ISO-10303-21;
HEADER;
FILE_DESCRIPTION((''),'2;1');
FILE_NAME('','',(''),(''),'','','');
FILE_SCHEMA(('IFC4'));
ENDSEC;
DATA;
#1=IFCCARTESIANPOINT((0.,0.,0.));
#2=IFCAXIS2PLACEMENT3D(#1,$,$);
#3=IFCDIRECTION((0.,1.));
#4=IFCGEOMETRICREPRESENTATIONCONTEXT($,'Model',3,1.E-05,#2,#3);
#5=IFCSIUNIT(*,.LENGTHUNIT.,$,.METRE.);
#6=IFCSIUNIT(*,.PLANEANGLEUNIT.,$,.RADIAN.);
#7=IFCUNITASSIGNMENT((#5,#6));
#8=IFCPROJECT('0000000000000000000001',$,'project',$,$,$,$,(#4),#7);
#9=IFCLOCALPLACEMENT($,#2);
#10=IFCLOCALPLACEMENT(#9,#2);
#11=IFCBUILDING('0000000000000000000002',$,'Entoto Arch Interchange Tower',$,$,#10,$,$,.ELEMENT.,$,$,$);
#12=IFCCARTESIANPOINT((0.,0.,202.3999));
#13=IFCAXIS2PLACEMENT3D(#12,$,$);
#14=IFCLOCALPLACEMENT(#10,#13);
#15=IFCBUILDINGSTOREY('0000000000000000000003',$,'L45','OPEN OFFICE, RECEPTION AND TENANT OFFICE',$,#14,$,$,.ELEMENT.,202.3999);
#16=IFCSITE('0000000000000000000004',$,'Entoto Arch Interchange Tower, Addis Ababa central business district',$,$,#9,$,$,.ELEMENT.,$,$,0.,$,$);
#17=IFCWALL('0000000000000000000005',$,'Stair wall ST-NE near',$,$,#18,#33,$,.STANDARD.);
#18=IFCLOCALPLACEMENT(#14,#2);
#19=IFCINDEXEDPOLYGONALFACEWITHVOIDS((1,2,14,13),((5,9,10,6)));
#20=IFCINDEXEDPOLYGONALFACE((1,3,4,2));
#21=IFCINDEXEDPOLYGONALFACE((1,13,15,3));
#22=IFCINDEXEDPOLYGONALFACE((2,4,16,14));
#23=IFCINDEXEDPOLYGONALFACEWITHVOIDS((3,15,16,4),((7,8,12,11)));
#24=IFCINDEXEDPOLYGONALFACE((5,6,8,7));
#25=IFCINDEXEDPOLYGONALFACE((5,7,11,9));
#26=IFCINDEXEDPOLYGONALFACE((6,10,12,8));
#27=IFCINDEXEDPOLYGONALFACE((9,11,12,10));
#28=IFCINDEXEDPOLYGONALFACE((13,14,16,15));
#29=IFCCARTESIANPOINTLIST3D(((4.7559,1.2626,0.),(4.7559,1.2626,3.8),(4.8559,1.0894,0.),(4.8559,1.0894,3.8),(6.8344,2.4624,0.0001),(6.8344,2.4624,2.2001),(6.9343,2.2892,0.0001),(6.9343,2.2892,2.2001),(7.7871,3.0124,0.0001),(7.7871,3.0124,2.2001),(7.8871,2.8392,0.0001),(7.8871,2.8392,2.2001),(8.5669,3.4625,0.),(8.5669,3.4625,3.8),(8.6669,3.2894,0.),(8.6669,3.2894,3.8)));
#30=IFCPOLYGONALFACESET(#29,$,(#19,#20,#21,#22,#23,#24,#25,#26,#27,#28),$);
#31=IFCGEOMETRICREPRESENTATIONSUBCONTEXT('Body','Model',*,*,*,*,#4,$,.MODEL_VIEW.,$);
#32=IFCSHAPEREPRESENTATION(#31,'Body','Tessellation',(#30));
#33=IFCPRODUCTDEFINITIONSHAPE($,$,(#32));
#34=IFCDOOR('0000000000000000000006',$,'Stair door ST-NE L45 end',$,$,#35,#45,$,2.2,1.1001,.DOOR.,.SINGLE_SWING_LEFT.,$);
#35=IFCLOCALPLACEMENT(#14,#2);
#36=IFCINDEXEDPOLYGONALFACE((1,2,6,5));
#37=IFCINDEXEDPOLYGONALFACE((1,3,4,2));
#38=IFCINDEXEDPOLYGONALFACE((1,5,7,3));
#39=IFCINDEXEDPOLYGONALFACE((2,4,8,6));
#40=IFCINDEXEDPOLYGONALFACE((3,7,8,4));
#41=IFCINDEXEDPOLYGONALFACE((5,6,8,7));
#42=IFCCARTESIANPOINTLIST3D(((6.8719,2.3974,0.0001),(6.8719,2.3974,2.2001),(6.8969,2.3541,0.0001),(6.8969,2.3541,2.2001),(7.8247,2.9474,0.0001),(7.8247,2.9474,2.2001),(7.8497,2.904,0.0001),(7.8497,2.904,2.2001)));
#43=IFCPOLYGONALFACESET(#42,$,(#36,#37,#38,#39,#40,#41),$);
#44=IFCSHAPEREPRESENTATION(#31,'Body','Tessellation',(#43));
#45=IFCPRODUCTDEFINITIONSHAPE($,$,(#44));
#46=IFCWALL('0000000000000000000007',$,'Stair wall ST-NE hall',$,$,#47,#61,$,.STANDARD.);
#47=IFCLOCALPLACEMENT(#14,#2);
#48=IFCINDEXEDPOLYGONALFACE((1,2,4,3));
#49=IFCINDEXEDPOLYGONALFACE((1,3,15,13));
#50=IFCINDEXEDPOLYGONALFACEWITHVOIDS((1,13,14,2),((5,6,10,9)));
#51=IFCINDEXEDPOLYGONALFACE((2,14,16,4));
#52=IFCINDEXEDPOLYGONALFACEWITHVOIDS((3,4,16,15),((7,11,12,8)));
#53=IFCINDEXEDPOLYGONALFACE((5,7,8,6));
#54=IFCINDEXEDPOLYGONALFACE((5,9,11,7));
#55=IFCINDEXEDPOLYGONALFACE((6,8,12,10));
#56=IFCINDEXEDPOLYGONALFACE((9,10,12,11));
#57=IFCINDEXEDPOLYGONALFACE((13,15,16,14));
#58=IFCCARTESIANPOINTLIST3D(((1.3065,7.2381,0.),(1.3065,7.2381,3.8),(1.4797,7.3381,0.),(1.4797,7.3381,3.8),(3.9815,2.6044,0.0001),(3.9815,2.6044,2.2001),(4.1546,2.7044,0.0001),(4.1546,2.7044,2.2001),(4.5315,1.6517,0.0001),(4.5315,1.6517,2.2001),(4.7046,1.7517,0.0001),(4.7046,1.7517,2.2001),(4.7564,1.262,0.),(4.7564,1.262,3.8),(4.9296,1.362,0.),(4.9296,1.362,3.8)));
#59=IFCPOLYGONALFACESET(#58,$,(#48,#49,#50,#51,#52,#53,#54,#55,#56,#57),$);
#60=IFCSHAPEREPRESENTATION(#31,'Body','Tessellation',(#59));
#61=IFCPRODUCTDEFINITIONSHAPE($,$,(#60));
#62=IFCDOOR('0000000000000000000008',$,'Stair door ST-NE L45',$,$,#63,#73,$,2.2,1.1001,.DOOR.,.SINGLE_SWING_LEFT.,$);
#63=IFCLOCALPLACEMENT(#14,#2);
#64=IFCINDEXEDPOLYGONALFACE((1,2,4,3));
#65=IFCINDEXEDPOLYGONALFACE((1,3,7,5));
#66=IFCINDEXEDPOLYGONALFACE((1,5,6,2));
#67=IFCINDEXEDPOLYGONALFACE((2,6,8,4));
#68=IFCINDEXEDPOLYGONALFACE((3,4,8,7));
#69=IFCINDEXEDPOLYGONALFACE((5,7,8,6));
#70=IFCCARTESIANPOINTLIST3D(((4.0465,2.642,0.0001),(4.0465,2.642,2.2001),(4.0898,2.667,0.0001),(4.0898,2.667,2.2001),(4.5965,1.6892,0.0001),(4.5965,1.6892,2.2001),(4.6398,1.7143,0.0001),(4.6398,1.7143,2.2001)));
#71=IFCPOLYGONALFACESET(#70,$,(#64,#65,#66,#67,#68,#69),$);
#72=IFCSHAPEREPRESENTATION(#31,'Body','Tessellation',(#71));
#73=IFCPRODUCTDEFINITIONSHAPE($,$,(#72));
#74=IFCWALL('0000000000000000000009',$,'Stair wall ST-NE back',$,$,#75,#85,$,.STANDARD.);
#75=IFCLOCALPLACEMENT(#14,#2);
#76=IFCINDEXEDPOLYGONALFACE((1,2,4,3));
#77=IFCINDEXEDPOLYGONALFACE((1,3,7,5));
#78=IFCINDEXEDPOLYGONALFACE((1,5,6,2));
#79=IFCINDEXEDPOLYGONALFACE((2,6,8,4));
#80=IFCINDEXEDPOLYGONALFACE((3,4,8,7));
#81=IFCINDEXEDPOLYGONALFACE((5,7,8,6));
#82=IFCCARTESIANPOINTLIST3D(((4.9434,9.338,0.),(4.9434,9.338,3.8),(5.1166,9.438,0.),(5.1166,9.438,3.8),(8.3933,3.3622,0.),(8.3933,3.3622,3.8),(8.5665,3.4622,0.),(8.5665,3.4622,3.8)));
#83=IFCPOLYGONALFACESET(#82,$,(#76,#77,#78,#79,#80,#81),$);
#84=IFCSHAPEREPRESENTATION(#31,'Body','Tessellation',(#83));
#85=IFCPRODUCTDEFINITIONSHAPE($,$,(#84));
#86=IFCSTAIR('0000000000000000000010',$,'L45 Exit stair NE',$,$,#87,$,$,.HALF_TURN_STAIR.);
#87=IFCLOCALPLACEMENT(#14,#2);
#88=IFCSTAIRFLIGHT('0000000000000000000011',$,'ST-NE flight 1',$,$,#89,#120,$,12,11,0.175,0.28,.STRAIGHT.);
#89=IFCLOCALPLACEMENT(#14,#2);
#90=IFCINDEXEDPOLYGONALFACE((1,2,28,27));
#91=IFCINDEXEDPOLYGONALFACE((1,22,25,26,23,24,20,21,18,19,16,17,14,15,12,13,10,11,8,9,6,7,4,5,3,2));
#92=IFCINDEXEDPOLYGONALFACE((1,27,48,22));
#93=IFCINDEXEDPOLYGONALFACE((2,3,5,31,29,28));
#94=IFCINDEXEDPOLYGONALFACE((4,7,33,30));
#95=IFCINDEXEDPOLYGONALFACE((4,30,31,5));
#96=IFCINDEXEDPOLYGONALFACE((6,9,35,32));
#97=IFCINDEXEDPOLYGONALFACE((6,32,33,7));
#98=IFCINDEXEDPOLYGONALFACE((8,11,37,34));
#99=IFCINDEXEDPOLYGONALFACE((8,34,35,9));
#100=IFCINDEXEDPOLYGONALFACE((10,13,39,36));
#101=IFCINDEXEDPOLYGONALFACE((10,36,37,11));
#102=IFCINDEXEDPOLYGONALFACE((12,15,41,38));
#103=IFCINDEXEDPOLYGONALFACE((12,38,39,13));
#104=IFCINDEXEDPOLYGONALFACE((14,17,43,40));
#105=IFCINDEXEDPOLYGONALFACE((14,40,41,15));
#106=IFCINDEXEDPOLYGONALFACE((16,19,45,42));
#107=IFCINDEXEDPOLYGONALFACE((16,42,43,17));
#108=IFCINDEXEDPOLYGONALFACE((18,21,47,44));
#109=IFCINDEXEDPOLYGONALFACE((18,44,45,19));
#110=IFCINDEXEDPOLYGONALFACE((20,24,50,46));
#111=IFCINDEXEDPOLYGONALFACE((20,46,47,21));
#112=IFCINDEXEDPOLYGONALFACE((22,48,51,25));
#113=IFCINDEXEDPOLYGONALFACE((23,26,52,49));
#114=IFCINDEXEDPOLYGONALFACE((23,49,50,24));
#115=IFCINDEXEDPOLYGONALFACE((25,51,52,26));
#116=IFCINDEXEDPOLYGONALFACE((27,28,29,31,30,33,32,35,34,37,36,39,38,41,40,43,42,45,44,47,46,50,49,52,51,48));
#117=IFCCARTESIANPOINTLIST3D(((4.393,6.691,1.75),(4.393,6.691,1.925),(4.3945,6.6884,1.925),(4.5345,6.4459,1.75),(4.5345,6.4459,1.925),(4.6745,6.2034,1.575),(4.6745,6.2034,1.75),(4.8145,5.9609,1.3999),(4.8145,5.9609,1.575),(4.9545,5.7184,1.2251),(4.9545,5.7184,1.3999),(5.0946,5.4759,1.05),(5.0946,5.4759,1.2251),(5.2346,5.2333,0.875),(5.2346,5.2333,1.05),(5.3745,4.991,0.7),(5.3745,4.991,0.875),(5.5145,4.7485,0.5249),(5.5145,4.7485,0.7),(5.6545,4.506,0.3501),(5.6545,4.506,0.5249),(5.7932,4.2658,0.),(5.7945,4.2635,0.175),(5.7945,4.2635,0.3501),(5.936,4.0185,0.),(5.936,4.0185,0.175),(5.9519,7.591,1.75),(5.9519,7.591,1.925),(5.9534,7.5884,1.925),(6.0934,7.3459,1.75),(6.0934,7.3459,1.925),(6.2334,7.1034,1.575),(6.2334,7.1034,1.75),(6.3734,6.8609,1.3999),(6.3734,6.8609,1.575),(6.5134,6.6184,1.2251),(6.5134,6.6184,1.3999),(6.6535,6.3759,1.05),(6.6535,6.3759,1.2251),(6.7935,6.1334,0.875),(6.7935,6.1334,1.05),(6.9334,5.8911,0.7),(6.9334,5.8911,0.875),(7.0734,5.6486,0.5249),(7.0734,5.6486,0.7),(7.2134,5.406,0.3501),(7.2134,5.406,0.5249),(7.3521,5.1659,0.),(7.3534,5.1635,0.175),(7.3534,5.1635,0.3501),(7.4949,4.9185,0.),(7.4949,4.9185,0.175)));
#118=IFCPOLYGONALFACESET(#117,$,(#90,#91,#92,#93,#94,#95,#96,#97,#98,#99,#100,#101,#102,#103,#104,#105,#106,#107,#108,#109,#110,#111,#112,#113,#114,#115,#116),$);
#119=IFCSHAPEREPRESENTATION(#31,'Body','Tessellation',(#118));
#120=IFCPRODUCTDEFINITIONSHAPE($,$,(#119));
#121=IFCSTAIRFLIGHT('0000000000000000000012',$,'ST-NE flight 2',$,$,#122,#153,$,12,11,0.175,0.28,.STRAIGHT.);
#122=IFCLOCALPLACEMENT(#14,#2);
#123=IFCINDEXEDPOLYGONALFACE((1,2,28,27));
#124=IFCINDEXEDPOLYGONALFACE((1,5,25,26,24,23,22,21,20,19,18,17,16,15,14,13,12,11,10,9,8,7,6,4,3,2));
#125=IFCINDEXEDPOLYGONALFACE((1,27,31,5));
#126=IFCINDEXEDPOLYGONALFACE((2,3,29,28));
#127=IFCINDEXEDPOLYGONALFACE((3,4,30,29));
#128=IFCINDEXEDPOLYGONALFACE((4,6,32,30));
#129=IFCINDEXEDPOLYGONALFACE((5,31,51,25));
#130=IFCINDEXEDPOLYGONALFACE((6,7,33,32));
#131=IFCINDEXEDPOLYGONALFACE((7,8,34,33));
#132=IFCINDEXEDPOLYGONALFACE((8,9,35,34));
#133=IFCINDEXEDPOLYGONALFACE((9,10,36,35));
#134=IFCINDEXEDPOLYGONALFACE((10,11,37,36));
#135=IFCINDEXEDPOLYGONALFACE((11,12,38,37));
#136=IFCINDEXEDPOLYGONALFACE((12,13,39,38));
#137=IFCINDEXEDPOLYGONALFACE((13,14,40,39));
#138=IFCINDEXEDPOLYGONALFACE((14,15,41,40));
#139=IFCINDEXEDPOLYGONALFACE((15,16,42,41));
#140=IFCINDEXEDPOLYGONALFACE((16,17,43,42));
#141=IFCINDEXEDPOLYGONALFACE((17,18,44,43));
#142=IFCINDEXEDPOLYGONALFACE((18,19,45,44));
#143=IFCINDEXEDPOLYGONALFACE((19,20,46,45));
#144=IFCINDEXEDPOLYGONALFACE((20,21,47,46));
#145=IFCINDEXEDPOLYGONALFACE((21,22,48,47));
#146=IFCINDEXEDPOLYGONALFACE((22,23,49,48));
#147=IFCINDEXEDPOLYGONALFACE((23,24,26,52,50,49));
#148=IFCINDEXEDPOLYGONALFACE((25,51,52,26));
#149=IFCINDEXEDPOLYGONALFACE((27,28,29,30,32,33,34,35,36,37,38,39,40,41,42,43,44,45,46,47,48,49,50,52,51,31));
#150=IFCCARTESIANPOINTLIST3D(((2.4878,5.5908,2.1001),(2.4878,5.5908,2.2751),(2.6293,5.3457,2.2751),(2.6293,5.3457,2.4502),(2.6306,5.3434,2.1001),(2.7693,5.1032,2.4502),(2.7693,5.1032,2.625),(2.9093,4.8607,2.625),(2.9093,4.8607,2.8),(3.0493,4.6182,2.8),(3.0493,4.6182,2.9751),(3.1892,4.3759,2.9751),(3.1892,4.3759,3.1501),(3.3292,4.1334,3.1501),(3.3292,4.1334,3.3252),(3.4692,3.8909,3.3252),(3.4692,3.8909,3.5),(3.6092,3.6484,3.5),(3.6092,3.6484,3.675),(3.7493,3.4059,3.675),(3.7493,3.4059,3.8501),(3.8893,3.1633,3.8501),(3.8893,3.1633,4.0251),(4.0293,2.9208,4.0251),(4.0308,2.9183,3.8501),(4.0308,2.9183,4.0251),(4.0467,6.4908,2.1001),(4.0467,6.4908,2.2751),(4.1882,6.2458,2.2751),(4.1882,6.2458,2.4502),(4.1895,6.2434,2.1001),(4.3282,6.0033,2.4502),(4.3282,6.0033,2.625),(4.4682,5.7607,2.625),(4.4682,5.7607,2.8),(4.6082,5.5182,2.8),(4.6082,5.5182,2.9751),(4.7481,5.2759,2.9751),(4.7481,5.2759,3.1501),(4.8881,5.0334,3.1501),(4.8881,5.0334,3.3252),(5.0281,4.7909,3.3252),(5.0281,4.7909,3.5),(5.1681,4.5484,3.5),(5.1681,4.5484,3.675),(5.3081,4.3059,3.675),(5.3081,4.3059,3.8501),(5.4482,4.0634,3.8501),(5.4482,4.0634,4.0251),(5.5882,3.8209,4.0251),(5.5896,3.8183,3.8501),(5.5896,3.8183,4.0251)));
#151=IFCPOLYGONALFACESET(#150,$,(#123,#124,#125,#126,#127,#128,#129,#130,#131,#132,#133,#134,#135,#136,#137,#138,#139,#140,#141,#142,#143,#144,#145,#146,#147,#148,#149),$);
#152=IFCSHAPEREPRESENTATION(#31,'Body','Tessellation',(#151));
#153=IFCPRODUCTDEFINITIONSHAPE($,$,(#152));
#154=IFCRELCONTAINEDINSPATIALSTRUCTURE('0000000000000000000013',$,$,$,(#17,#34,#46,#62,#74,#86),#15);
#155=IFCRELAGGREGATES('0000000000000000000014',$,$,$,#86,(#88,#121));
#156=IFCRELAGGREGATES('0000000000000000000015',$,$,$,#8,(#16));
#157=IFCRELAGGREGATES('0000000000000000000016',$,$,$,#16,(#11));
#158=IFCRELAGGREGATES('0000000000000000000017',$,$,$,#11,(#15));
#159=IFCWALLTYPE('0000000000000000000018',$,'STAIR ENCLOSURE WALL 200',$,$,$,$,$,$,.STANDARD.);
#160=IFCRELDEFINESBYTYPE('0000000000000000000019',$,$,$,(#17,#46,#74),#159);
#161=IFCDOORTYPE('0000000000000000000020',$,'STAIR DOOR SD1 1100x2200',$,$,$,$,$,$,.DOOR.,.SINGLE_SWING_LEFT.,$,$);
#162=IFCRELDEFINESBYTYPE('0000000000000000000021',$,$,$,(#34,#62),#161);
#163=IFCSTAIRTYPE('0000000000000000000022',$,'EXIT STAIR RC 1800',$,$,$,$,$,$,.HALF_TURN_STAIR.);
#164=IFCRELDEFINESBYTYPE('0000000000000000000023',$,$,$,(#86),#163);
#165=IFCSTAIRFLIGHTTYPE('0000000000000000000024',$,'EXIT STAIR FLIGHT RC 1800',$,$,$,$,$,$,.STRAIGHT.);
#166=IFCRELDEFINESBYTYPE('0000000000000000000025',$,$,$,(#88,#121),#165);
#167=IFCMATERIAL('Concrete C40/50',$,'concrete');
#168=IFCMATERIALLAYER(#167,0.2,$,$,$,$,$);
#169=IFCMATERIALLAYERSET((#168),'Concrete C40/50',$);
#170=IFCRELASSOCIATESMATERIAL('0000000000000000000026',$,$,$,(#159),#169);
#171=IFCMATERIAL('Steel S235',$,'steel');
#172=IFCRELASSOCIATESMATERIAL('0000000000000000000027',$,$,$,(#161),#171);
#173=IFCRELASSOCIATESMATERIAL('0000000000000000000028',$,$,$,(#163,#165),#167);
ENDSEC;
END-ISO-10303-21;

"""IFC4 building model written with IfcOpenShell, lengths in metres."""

from ifc_helpers import new_model, si_unit, direction, frame, frame_2d, origin, place, context, subcontext, project, spatial, polyline, rectangle, outline, extrude, material, layer, layer_set, type_object, element, fill, aggregate, save


model = new_model("IFC4")

# Units and contexts
model_context = context("Model", 3, precision=1e-05, world=origin(), true_north=direction((0.0, 1.0)))
body_context = subcontext(model_context, "Body", "Model", "MODEL_VIEW")
ifc_project = project(units=[si_unit("LENGTHUNIT", "METRE"), si_unit("PLANEANGLEUNIT", "RADIAN")], contexts=[model_context])

# Site, building, storey
site_placement = place(None, origin())
site = spatial("IfcSite", under=ifc_project, at=site_placement, Name="Entoto Arch Interchange Tower, Addis Ababa central business district", CompositionType="ELEMENT", RefElevation=0.0)
building_placement = place(site_placement, origin())
building = spatial("IfcBuilding", under=site, at=building_placement, Name="Entoto Arch Interchange Tower", CompositionType="ELEMENT")
storey_placement = place(building_placement, frame((0.0, 0.0, 202.3999)))
storey = spatial("IfcBuildingStorey", under=building, at=storey_placement, Name="L45", Description="OPEN OFFICE, RECEPTION AND TENANT OFFICE", CompositionType="ELEMENT", Elevation=202.3999)

# Shared definitions
ifc_material_1 = material(Name="Concrete C40/50", Category="concrete")

# Walls, openings, doors
ifc_layer_1 = layer(ifc_material_1, 0.2)
ifc_layer_set_1 = layer_set([ifc_layer_1], Name="Concrete C40/50")
wall_type_1 = type_object("IfcWallType", Name="STAIR ENCLOSURE WALL 200", PredefinedType="STANDARD", material=ifc_layer_set_1)
wall_1_placement = place(storey_placement, frame((4.8059, 1.176, 0.0), z_axis=(0.0, 0.0, 1.0), x_axis=(0.86606, 0.49994, 0.0)))
wall_1 = element("IfcWall", 1, at=wall_1_placement, inside=storey, type_object=wall_type_1, Name="Stair wall ST-NE near", PredefinedType="STANDARD", context=body_context, shape_type="SweptSolid", body=[
    extrude(rectangle(XDim=4.4004, YDim=0.2, at=frame_2d((2.2002, 0.0))), origin(), (0.0, 0.0, 1.0), 3.8),
])
opening_1_placement = place(wall_1_placement, frame((2.3999, 0.0, 0.0)))
opening_1 = element("IfcOpeningElement", 2, at=opening_1_placement, cuts=wall_1, PredefinedType="OPENING", context=body_context, shape_type="SweptSolid", body=[
    extrude(rectangle(XDim=1.1001, YDim=2.2, at=frame_2d((0.55, 1.1001))), frame((0.0, 0.1099, 0.0), z_axis=(0.0, -1.0, 0.0), x_axis=(1.0, 0.0, 0.0)), (0.0, 0.0, 1.0), 0.22),
])
ifc_material_2 = material(Name="Steel S235", Category="steel")
door_type_1 = type_object("IfcDoorType", Name="STAIR DOOR SD1 1100x2200", OperationType="SINGLE_SWING_LEFT", PredefinedType="DOOR", material=ifc_material_2)
door_1_placement = place(opening_1_placement, origin())
door_1 = element("IfcDoor", 3, at=door_1_placement, inside=storey, type_object=door_type_1, Name="Stair door ST-NE L45 end", OperationType="SINGLE_SWING_LEFT", OverallHeight=2.2, OverallWidth=1.1001, PredefinedType="DOOR", context=body_context, shape_type="SweptSolid", body=[
    extrude(rectangle(XDim=1.1001, YDim=2.2, at=frame_2d((0.55, 1.1001))), frame((0.0, 0.0249, 0.0), z_axis=(0.0, -1.0, 0.0), x_axis=(1.0, 0.0, 0.0)), (0.0, 0.0, 1.0), 0.05),
])
fill(opening_1, door_1)
wall_2_placement = place(storey_placement, frame((4.843, 1.312, 0.0), z_axis=(0.0, 0.0, 1.0), x_axis=(-0.499963, 0.866047, 0.0)))
wall_2 = element("IfcWall", 4, at=wall_2_placement, inside=storey, type_object=wall_type_1, Name="Stair wall ST-NE hall", PredefinedType="STANDARD", context=body_context, shape_type="SweptSolid", body=[
    extrude(rectangle(XDim=6.9004, YDim=0.2, at=frame_2d((3.4502, 0.0))), origin(), (0.0, 0.0, 1.0), 3.8),
])
opening_2_placement = place(wall_2_placement, frame((0.45, 0.0, 0.0)))
opening_2 = element("IfcOpeningElement", 5, at=opening_2_placement, cuts=wall_2, PredefinedType="OPENING", context=body_context, shape_type="SweptSolid", body=[
    extrude(rectangle(XDim=1.1001, YDim=2.2, at=frame_2d((0.55, 1.1001))), frame((0.0, 0.1099, 0.0), z_axis=(0.0, -1.0, 0.0), x_axis=(1.0, 0.0, 0.0)), (0.0, 0.0, 1.0), 0.22),
])
door_2_placement = place(opening_2_placement, origin())
door_2 = element("IfcDoor", 6, at=door_2_placement, inside=storey, type_object=door_type_1, Name="Stair door ST-NE L45", OperationType="SINGLE_SWING_LEFT", OverallHeight=2.2, OverallWidth=1.1001, PredefinedType="DOOR", context=body_context, shape_type="SweptSolid", body=[
    extrude(rectangle(XDim=1.1001, YDim=2.2, at=frame_2d((0.55, 1.1001))), frame((0.0, 0.0249, 0.0), z_axis=(0.0, -1.0, 0.0), x_axis=(1.0, 0.0, 0.0)), (0.0, 0.0, 1.0), 0.05),
])
fill(opening_2, door_2)

# Wall
wall_3_placement = place(storey_placement, frame((8.48, 3.4121, 0.0), z_axis=(0.0, 0.0, 1.0), x_axis=(-0.499979, 0.866038, 0.0)))
element("IfcWall", 7, at=wall_3_placement, inside=storey, type_object=wall_type_1, Name="Stair wall ST-NE back", PredefinedType="STANDARD", context=body_context, shape_type="SweptSolid", body=[
    extrude(rectangle(XDim=6.9001, YDim=0.2, at=frame_2d((3.4502, 0.0))), origin(), (0.0, 0.0, 1.0), 3.8),
])

# Stair, stair flights
stair_type = type_object("IfcStairType", Name="EXIT STAIR RC 1800", PredefinedType="HALF_TURN_STAIR", material=ifc_material_1)
stair_placement = place(storey_placement, origin())
stair = element("IfcStair", 8, at=stair_placement, inside=storey, type_object=stair_type, Name="L45 Exit stair NE", PredefinedType="HALF_TURN_STAIR")
stair_flight_type = type_object("IfcStairFlightType", Name="EXIT STAIR FLIGHT RC 1800", PredefinedType="STRAIGHT", material=ifc_material_1)
stair_flight_1_placement = place(storey_placement, frame((6.7139, 4.4709, 0.0), z_axis=(0.0, 0.0, 1.0), x_axis=(-0.5, 0.866025, 0.0)))
stair_flight_1 = element("IfcStairFlight", 9, at=stair_flight_1_placement, type_object=stair_flight_type, Name="ST-NE flight 1", NumberOfRisers=12, NumberOfTreads=11, PredefinedType="STRAIGHT", RiserHeight=0.175, TreadLength=0.28, context=body_context, shape_type="SweptSolid", body=[
    extrude(outline(polyline([(-0.0029, 0.0), (-0.0029, 0.175), (0.28, 0.175), (0.28, 0.3501), (0.5601, 0.3501), (0.5601, 0.5249), (0.8401, 0.5249), (0.8401, 0.7), (1.1201, 0.7), (1.1201, 0.875), (1.3999, 0.875), (1.3999, 1.05), (1.6799, 1.05), (1.6799, 1.2251), (1.96, 1.2251), (1.96, 1.3999), (2.24, 1.3999), (2.24, 1.575), (2.52, 1.575), (2.52, 1.75), (2.8, 1.75), (2.8, 1.925), (3.0801, 1.925), (3.083, 1.925), (3.083, 1.75), (0.2827, 0.0), (-0.0029, 0.0)])), frame((0.0, 0.8999, 0.0), z_axis=(0.0, -1.0, 0.0), x_axis=(1.0, 0.0, 0.0)), (0.0, 0.0, 1.0), 1.8),
])
stair_flight_2_placement = place(storey_placement, frame((3.2688, 6.0383, 2.1001), z_axis=(0.0, 0.0, 1.0), x_axis=(0.5, -0.866025, 0.0)))
stair_flight_2 = element("IfcStairFlight", 10, at=stair_flight_2_placement, type_object=stair_flight_type, Name="ST-NE flight 2", NumberOfRisers=12, NumberOfTreads=11, PredefinedType="STRAIGHT", RiserHeight=0.175, TreadLength=0.28, context=body_context, shape_type="SweptSolid", body=[
    extrude(outline(polyline([(-0.0029, 0.0), (-0.0029, 0.175), (0.28, 0.175), (0.28, 0.3501), (0.5601, 0.3501), (0.5601, 0.5249), (0.8401, 0.5249), (0.8401, 0.7), (1.1201, 0.7), (1.1201, 0.875), (1.3999, 0.875), (1.3999, 1.05), (1.6799, 1.05), (1.6799, 1.2251), (1.96, 1.2251), (1.96, 1.3999), (2.24, 1.3999), (2.24, 1.575), (2.52, 1.575), (2.52, 1.75), (2.8, 1.75), (2.8, 1.925), (3.0801, 1.925), (3.083, 1.925), (3.083, 1.75), (0.2827, 0.0), (-0.0029, 0.0)])), frame((0.0, 0.8999, 0.0), z_axis=(0.0, -1.0, 0.0), x_axis=(1.0, 0.0, 0.0)), (0.0, 0.0, 1.0), 1.8),
])
aggregate(stair, [stair_flight_1, stair_flight_2])

save(model, "model.ifc")
